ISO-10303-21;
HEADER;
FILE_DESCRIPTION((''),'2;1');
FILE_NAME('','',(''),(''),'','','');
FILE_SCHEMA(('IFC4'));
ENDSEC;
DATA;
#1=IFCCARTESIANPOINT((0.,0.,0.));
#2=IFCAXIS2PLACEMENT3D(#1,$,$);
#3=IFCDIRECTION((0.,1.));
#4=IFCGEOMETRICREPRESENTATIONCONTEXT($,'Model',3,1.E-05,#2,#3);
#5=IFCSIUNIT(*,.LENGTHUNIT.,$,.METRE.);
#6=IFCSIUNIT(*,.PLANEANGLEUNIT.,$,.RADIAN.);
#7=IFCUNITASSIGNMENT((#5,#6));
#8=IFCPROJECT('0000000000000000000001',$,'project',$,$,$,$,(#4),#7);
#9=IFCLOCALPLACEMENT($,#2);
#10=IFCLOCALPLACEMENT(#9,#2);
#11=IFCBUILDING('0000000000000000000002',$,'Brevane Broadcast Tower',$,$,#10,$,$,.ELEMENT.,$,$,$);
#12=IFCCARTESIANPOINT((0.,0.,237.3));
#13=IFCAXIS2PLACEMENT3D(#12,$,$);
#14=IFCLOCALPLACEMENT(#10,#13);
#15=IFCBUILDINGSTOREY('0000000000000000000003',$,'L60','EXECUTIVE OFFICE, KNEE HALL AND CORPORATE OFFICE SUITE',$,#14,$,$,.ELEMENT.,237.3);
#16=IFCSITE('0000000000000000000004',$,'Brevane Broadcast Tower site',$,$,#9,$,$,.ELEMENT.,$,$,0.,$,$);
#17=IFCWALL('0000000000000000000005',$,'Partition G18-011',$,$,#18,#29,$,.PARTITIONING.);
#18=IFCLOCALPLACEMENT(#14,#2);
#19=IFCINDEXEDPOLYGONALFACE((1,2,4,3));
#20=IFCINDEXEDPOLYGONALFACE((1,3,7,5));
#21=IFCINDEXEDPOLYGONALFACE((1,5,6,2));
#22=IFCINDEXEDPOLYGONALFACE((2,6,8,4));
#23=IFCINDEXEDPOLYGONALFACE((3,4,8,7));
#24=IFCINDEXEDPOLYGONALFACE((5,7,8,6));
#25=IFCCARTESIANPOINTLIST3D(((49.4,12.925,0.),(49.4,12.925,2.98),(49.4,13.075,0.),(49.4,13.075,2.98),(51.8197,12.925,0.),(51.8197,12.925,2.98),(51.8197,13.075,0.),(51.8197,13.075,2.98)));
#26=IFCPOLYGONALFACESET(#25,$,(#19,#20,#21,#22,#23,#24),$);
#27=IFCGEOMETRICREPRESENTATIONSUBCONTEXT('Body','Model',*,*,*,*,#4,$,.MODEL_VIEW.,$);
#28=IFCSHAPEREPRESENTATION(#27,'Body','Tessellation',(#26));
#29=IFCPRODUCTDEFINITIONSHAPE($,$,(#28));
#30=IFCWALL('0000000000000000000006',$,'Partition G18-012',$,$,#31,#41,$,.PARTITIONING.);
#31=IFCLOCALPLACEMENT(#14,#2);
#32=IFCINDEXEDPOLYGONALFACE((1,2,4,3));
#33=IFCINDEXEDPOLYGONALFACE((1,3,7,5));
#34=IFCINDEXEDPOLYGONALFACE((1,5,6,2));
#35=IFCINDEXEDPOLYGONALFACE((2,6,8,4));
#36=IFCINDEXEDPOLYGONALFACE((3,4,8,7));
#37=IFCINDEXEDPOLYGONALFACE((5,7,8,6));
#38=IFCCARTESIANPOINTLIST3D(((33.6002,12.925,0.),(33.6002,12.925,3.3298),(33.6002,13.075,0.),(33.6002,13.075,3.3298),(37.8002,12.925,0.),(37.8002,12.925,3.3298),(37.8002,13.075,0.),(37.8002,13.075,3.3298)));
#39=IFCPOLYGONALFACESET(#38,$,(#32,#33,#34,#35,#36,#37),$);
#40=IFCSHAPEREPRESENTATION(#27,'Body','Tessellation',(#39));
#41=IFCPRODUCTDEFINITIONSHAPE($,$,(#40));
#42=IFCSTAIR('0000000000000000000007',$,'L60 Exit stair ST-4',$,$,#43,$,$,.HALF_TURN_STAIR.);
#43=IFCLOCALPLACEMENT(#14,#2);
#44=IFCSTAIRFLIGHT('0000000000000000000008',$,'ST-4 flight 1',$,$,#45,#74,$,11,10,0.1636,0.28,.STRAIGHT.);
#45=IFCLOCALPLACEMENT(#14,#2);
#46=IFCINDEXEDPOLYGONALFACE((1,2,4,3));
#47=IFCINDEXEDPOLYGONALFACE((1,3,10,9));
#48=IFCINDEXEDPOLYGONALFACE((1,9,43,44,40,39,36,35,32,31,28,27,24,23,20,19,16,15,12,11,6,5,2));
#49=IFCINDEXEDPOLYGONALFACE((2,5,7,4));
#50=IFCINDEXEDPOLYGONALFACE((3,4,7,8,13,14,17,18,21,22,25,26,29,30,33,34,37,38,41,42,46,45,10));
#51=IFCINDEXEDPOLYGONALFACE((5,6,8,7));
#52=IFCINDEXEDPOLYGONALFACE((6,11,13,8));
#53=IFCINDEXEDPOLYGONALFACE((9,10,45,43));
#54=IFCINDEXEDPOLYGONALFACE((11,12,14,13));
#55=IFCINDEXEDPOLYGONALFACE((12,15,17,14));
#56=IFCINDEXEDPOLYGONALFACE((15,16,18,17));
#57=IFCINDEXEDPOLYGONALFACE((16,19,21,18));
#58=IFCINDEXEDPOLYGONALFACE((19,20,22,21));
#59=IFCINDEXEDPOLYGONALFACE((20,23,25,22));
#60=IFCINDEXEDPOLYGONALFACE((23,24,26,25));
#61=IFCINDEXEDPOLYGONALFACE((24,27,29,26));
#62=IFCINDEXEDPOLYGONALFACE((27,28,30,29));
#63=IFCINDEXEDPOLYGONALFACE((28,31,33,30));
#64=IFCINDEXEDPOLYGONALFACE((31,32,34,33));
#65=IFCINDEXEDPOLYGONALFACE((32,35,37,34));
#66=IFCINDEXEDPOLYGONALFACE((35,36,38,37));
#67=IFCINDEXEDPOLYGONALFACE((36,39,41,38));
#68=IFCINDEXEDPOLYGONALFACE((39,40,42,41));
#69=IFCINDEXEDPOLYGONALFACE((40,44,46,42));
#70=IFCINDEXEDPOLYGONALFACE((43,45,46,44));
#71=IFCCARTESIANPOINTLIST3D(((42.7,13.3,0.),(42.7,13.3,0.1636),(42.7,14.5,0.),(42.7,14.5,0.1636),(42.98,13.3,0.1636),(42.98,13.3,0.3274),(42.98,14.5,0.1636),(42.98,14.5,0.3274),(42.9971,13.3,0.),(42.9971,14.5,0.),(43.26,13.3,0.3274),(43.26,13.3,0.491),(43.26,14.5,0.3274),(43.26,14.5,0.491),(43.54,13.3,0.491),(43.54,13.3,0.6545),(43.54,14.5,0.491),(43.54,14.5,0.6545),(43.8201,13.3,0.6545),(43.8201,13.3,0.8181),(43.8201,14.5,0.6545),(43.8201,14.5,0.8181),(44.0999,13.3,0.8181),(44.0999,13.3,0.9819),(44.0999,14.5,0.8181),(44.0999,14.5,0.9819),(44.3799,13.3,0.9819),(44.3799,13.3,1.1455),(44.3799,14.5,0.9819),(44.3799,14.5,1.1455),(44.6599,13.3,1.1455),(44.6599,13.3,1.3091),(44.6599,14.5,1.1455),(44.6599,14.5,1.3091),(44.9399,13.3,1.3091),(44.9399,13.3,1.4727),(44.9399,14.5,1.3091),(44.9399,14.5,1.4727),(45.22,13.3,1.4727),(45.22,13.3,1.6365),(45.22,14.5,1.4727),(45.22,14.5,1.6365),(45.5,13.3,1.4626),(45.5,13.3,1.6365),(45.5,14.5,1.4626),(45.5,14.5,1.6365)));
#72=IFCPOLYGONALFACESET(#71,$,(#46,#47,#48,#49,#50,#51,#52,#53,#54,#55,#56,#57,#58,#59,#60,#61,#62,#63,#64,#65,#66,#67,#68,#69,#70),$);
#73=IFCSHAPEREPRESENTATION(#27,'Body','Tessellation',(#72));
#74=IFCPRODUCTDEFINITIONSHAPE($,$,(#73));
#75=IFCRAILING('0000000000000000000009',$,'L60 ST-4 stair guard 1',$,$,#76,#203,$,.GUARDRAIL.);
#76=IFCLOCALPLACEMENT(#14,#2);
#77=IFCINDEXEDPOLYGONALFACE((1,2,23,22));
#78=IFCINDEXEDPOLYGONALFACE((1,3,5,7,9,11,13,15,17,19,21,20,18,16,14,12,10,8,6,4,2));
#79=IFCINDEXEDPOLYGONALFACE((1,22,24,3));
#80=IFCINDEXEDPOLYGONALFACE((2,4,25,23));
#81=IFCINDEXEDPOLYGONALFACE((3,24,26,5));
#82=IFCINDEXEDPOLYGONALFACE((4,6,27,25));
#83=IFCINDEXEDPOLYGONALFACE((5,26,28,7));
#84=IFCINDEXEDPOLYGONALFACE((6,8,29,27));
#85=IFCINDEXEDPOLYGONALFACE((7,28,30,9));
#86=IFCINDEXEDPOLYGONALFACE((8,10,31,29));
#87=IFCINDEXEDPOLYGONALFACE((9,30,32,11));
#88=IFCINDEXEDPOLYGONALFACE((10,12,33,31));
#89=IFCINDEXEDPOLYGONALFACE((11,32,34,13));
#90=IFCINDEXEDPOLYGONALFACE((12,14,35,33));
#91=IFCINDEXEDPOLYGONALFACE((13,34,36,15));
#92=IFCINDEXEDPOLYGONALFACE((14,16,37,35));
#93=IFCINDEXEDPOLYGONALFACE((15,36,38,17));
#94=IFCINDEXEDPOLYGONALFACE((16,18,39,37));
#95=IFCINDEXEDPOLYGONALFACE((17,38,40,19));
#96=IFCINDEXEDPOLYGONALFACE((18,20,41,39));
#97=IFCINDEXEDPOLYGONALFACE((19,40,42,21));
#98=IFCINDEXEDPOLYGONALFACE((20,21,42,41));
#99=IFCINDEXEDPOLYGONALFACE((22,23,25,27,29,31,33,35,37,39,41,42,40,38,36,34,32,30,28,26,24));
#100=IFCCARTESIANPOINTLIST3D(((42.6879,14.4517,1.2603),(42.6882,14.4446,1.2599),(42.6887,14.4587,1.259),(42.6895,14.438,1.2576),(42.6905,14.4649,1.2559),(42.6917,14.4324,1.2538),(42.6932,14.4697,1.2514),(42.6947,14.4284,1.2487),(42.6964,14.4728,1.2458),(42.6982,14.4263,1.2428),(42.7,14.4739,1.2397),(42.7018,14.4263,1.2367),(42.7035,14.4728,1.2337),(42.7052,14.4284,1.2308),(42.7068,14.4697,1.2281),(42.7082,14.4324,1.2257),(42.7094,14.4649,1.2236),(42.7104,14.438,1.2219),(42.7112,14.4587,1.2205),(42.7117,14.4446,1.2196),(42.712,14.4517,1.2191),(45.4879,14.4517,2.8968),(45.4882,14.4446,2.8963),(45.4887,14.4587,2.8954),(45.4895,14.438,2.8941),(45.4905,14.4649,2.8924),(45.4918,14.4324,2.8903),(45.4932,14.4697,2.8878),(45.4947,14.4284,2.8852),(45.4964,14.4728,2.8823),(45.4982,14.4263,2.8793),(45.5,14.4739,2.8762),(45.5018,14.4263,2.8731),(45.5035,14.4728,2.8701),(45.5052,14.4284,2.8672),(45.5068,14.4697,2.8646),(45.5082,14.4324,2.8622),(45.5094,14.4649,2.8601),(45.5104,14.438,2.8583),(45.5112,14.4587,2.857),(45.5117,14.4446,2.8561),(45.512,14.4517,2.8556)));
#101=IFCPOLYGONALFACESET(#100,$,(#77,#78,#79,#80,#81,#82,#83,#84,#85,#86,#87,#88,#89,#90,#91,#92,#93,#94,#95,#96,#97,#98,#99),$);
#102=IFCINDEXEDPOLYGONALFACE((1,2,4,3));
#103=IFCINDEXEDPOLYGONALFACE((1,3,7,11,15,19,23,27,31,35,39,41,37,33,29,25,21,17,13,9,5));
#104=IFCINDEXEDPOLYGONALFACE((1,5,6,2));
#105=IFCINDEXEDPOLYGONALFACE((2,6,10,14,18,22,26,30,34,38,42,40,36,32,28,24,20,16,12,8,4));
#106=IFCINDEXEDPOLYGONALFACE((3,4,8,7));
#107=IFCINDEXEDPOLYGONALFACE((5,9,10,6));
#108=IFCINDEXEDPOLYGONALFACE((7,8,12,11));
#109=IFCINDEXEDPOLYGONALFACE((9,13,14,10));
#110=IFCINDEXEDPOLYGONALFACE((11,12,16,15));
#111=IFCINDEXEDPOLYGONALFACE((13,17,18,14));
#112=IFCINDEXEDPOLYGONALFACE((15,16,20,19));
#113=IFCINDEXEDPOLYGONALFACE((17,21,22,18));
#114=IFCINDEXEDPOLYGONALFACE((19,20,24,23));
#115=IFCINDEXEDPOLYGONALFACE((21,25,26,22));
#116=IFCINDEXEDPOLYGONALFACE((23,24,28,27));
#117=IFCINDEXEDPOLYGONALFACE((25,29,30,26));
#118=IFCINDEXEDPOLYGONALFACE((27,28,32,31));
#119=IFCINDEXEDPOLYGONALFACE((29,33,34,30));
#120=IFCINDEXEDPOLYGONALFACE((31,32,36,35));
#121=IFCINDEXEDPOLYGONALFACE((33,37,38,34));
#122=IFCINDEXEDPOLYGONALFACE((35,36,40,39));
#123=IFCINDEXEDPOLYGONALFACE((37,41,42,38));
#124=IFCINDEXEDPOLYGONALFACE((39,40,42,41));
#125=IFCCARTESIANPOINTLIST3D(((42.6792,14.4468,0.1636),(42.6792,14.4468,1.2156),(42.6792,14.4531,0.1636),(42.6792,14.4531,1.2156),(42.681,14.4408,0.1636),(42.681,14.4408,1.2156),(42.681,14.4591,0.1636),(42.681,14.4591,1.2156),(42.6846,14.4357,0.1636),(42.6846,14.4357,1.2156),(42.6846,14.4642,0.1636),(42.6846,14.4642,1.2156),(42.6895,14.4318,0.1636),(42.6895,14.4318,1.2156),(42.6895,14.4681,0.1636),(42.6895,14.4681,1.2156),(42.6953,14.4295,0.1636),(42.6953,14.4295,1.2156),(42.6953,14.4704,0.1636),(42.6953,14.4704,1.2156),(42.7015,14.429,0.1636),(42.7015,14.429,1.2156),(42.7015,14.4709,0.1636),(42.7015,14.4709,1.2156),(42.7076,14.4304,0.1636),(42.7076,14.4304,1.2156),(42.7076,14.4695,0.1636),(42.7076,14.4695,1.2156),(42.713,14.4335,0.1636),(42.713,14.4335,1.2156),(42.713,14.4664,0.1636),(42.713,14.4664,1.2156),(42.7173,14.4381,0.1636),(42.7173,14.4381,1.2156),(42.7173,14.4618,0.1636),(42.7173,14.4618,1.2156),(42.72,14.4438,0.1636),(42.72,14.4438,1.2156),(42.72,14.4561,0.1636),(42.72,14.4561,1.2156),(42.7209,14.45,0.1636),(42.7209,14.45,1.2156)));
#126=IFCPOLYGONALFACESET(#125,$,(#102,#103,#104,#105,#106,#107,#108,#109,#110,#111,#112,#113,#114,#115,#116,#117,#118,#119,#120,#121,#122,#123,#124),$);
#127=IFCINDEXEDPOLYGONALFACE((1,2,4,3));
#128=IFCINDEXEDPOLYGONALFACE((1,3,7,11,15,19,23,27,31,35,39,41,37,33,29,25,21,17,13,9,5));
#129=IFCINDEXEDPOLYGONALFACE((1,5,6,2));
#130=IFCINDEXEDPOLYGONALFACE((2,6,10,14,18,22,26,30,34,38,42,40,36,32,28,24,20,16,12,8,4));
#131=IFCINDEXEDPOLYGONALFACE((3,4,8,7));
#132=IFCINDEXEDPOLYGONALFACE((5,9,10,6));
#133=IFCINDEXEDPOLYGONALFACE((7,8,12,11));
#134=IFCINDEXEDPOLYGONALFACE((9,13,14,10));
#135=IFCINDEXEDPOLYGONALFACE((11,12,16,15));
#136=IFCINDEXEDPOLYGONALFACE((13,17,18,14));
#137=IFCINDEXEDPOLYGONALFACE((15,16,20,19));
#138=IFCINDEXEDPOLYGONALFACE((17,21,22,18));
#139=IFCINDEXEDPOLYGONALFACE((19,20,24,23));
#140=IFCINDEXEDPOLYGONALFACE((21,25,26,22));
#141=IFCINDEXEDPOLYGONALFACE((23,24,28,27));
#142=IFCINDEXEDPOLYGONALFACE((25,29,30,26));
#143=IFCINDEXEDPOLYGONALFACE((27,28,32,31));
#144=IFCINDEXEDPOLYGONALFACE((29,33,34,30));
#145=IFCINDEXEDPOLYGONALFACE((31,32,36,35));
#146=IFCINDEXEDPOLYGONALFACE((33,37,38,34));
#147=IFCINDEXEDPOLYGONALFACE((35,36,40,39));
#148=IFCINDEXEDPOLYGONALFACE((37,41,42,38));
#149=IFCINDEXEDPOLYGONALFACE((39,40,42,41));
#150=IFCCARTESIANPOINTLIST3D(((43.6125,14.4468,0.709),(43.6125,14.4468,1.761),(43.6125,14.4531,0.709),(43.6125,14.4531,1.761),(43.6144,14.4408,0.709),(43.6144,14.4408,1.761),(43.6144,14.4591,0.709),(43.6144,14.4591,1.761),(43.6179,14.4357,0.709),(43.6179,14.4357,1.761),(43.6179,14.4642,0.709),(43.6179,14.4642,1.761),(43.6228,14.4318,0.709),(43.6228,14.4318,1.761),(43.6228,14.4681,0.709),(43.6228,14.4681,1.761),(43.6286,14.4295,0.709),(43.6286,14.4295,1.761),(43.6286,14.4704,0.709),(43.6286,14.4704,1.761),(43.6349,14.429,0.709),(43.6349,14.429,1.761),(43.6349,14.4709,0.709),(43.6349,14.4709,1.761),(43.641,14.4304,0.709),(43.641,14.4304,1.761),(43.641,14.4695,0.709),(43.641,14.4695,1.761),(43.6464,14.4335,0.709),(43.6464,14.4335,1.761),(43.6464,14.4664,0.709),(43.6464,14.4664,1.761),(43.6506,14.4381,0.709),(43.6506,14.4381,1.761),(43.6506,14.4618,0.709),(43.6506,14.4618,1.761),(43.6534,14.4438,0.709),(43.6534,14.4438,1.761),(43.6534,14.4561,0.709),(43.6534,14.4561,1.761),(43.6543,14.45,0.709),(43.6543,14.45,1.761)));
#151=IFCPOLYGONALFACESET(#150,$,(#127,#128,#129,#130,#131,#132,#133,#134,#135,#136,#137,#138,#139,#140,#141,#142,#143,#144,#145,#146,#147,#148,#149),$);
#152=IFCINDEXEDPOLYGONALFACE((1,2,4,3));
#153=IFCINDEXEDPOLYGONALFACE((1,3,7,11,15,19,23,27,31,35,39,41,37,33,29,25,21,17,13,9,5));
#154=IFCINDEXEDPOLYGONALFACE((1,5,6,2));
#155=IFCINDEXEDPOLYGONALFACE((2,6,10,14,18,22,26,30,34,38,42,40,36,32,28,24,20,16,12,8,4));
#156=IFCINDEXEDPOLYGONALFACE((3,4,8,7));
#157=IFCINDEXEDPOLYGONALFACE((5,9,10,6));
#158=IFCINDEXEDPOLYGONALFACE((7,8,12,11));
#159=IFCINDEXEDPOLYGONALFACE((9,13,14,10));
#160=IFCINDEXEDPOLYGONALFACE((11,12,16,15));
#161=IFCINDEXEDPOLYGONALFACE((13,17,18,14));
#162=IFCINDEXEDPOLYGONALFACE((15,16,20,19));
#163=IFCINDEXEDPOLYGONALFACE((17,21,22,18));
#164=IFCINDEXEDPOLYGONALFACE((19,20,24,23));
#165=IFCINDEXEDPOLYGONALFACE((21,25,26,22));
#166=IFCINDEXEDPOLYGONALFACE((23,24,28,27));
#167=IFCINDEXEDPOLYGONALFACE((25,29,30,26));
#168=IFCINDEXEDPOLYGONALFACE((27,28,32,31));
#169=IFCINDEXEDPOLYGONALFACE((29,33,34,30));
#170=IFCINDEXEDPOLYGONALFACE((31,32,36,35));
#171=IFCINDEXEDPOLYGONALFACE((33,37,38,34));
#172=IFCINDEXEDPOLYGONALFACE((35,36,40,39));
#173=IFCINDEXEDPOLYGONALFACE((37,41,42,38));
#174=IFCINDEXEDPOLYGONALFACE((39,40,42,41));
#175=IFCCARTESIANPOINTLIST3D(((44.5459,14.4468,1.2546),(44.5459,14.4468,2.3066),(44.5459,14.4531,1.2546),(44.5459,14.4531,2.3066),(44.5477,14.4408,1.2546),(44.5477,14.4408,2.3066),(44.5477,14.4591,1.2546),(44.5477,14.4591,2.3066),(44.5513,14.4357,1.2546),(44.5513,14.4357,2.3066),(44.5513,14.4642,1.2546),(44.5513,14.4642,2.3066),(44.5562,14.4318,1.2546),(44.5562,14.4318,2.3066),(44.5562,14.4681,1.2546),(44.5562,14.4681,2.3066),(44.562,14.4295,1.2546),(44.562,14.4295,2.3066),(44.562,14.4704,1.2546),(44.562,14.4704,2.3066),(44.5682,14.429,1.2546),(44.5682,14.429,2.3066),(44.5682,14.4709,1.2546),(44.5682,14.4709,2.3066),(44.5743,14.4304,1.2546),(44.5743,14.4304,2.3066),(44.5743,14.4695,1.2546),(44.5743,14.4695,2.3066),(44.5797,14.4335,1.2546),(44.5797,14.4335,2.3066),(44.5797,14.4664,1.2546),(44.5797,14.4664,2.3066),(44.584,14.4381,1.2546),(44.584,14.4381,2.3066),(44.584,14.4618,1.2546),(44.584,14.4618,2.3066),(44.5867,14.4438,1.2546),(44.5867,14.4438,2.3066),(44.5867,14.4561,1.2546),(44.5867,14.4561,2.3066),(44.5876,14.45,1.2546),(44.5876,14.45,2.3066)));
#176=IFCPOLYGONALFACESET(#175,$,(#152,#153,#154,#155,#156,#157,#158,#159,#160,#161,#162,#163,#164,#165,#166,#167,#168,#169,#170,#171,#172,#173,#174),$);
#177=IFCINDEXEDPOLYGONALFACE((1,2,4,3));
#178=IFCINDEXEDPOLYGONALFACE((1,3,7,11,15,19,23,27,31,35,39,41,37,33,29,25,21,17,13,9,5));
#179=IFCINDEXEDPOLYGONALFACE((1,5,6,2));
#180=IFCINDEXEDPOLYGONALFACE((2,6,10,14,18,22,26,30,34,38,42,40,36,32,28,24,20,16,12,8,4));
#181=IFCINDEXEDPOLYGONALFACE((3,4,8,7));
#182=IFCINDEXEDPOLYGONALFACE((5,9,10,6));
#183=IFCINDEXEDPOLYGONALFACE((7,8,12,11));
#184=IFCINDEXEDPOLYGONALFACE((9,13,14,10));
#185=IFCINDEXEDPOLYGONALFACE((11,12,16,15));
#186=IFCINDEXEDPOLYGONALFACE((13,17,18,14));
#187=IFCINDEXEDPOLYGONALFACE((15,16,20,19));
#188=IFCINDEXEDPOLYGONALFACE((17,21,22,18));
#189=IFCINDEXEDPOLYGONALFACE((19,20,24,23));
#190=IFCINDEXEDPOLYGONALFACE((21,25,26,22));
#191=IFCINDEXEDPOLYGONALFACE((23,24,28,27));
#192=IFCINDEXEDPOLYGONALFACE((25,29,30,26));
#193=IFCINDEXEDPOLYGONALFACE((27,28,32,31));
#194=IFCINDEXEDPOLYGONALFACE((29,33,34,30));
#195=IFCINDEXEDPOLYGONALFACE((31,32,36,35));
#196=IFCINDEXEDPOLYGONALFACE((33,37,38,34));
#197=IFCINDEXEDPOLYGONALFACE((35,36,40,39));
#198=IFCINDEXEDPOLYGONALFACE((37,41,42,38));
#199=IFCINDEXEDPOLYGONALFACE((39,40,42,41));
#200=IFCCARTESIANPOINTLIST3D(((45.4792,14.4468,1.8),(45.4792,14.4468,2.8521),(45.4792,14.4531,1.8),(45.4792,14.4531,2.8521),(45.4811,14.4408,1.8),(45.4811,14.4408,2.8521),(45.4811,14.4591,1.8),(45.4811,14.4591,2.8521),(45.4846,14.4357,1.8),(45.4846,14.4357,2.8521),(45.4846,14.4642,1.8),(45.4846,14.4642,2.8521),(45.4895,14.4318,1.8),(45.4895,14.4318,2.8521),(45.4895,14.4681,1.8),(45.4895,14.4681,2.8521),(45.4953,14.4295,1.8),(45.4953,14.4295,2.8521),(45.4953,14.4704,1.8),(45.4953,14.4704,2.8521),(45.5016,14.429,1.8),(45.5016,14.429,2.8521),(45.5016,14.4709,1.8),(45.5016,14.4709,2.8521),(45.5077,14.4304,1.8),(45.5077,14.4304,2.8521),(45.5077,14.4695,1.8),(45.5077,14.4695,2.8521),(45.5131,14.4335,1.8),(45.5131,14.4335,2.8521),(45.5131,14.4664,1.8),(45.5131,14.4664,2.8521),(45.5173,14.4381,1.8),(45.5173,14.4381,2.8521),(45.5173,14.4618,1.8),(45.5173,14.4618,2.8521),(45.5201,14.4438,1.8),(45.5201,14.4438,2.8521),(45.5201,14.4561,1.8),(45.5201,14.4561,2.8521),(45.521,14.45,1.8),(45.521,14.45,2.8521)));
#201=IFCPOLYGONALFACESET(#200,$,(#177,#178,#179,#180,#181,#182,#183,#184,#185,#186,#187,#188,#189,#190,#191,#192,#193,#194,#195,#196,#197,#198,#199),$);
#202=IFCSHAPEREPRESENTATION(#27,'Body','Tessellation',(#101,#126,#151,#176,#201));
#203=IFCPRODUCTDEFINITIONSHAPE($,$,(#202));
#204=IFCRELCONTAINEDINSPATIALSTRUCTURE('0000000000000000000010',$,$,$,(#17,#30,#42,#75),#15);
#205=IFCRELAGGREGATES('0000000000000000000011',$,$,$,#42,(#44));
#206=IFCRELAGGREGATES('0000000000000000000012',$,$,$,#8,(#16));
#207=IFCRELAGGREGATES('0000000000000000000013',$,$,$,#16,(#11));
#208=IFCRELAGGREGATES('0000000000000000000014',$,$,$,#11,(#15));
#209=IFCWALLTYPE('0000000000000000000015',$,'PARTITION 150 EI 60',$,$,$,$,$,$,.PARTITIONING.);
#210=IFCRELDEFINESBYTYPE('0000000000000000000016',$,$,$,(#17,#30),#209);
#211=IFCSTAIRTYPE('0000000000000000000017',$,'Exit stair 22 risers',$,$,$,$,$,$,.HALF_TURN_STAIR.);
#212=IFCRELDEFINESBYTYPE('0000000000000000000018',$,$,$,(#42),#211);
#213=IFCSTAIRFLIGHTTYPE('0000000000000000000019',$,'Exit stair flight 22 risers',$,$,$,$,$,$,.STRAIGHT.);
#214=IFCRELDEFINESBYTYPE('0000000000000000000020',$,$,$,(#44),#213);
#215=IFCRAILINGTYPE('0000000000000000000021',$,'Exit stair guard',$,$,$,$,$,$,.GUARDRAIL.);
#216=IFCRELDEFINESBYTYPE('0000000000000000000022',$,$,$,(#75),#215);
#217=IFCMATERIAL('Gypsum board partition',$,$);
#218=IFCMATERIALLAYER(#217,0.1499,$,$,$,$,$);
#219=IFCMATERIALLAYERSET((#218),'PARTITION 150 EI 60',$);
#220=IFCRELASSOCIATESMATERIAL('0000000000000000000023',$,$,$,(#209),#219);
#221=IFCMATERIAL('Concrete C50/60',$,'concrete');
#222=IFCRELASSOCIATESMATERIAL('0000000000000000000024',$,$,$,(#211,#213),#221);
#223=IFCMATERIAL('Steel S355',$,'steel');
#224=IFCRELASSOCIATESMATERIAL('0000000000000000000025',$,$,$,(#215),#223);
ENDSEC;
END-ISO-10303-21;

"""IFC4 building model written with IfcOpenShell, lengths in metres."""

from ifc_helpers import new_model, si_unit, direction, frame, frame_2d, origin, origin_2d, place, context, subcontext, project, spatial, polyline, rectangle, circle, outline, extrude, material, layer, layer_set, type_object, element, aggregate, save


model = new_model("IFC4")

# Units and contexts
model_context = context("Model", 3, precision=1e-05, world=origin(), true_north=direction((0.0, 1.0)))
body_context = subcontext(model_context, "Body", "Model", "MODEL_VIEW")
ifc_project = project(units=[si_unit("LENGTHUNIT", "METRE"), si_unit("PLANEANGLEUNIT", "RADIAN")], contexts=[model_context])

# Site, building, storey
site_placement = place(None, origin())
site = spatial("IfcSite", under=ifc_project, at=site_placement, Name="Brevane Broadcast Tower site", CompositionType="ELEMENT", RefElevation=0.0)
building_placement = place(site_placement, origin())
building = spatial("IfcBuilding", under=site, at=building_placement, Name="Brevane Broadcast Tower", CompositionType="ELEMENT")
storey_placement = place(building_placement, frame((0.0, 0.0, 237.3)))
storey = spatial("IfcBuildingStorey", under=building, at=storey_placement, Name="L60", Description="EXECUTIVE OFFICE, KNEE HALL AND CORPORATE OFFICE SUITE", CompositionType="ELEMENT", Elevation=237.3)

# Shared definitions
ifc_material_1 = material(Name="Concrete C50/60", Category="concrete")

# Shared definitions
ifc_material_2 = material(Name="Gypsum board partition")

# Shared definitions
ifc_layer_1 = layer(ifc_material_2, 0.1499)
ifc_layer_set_1 = layer_set([ifc_layer_1], Name="PARTITION 150 EI 60")
wall_type_1 = type_object("IfcWallType", Name="PARTITION 150 EI 60", PredefinedType="PARTITIONING", material=ifc_layer_set_1)

# Walls
wall_1_placement = place(storey_placement, frame((49.3999, 13.0, 0.0), z_axis=(0.0, 0.0, 1.0), x_axis=(1.0, 0.0, 0.0)))
element("IfcWall", 1, at=wall_1_placement, inside=storey, type_object=wall_type_1, Name="Partition G18-011", PredefinedType="PARTITIONING", context=body_context, shape_type="SweptSolid", body=[
    extrude(rectangle(XDim=2.4197, YDim=0.1499, at=frame_2d((1.21, 0.0))), origin(), (0.0, 0.0, 1.0), 2.98),
])
wall_2_placement = place(storey_placement, frame((33.6001, 13.0, 0.0), z_axis=(0.0, 0.0, 1.0), x_axis=(1.0, 0.0, 0.0)))
element("IfcWall", 2, at=wall_2_placement, inside=storey, type_object=wall_type_1, Name="Partition G18-012", PredefinedType="PARTITIONING", context=body_context, shape_type="SweptSolid", body=[
    extrude(rectangle(XDim=4.2, YDim=0.1499, at=frame_2d((2.1001, 0.0))), origin(), (0.0, 0.0, 1.0), 3.3298),
])

# Stair, stair flight
stair_type = type_object("IfcStairType", Name="Exit stair 22 risers", PredefinedType="HALF_TURN_STAIR", material=ifc_material_1)
stair_placement = place(storey_placement, origin())
stair = element("IfcStair", 3, at=stair_placement, inside=storey, type_object=stair_type, Name="L60 Exit stair ST-4", PredefinedType="HALF_TURN_STAIR")
stair_flight_type = type_object("IfcStairFlightType", Name="Exit stair flight 22 risers", PredefinedType="STRAIGHT", material=ifc_material_1)
stair_flight_placement = place(storey_placement, frame((42.7, 13.8999, 0.0), z_axis=(0.0, 0.0, 1.0), x_axis=(1.0, 0.0, 0.0)))
stair_flight = element("IfcStairFlight", 4, at=stair_flight_placement, type_object=stair_flight_type, Name="ST-4 flight 1", NumberOfRisers=11, NumberOfTreads=10, PredefinedType="STRAIGHT", RiserHeight=0.1636, TreadLength=0.28, context=body_context, shape_type="SweptSolid", body=[
    extrude(outline(polyline([(0.0, 0.0), (0.0, 0.1636), (0.28, 0.1636), (0.28, 0.3274), (0.5601, 0.3274), (0.5601, 0.491), (0.8401, 0.491), (0.8401, 0.6545), (1.1201, 0.6545), (1.1201, 0.8181), (1.3999, 0.8181), (1.3999, 0.9819), (1.6799, 0.9819), (1.6799, 1.1455), (1.96, 1.1455), (1.96, 1.3091), (2.24, 1.3091), (2.24, 1.4727), (2.52, 1.4727), (2.52, 1.6365), (2.8, 1.6365), (2.8, 1.8), (2.8, 1.4626), (0.2971, 0.0), (0.0, 0.0)])), frame((0.0, 0.6001, 0.0), z_axis=(0.0, -1.0, 0.0), x_axis=(1.0, 0.0, 0.0)), (0.0, 0.0, 1.0), 1.2),
])
aggregate(stair, [stair_flight])

# Railing
ifc_material_3 = material(Name="Steel S355", Category="steel")
railing_type_1 = type_object("IfcRailingType", Name="Exit stair guard", PredefinedType="GUARDRAIL", material=ifc_material_3)
railing_1_placement = place(storey_placement, frame((42.7, 14.45, 0.1636)))
element("IfcRailing", 5, at=railing_1_placement, inside=storey, type_object=railing_type_1, Name="L60 ST-4 stair guard 1", PredefinedType="GUARDRAIL", context=body_context, shape_type="SweptSolid", body=[
    extrude(circle(Radius=0.0239, at=origin_2d()), frame((0.0, 0.0, 1.0762), z_axis=(0.863361, 0.0, 0.504587), x_axis=(0.0, 1.0, 0.0)), (0.0, 0.0, 1.0), 3.2432),
    extrude(circle(Radius=0.021, at=origin_2d()), origin(), (0.0, 0.0, 1.0), 1.052),
    extrude(circle(Radius=0.021, at=origin_2d()), frame((0.9333, 0.0, 0.5454)), (0.0, 0.0, 1.0), 1.052),
    extrude(circle(Radius=0.021, at=origin_2d()), frame((1.8667, 0.0, 1.0911)), (0.0, 0.0, 1.0), 1.052),
    extrude(circle(Radius=0.021, at=origin_2d()), frame((2.8, 0.0, 1.6365)), (0.0, 0.0, 1.0), 1.052),
])

save(model, "model.ifc")
